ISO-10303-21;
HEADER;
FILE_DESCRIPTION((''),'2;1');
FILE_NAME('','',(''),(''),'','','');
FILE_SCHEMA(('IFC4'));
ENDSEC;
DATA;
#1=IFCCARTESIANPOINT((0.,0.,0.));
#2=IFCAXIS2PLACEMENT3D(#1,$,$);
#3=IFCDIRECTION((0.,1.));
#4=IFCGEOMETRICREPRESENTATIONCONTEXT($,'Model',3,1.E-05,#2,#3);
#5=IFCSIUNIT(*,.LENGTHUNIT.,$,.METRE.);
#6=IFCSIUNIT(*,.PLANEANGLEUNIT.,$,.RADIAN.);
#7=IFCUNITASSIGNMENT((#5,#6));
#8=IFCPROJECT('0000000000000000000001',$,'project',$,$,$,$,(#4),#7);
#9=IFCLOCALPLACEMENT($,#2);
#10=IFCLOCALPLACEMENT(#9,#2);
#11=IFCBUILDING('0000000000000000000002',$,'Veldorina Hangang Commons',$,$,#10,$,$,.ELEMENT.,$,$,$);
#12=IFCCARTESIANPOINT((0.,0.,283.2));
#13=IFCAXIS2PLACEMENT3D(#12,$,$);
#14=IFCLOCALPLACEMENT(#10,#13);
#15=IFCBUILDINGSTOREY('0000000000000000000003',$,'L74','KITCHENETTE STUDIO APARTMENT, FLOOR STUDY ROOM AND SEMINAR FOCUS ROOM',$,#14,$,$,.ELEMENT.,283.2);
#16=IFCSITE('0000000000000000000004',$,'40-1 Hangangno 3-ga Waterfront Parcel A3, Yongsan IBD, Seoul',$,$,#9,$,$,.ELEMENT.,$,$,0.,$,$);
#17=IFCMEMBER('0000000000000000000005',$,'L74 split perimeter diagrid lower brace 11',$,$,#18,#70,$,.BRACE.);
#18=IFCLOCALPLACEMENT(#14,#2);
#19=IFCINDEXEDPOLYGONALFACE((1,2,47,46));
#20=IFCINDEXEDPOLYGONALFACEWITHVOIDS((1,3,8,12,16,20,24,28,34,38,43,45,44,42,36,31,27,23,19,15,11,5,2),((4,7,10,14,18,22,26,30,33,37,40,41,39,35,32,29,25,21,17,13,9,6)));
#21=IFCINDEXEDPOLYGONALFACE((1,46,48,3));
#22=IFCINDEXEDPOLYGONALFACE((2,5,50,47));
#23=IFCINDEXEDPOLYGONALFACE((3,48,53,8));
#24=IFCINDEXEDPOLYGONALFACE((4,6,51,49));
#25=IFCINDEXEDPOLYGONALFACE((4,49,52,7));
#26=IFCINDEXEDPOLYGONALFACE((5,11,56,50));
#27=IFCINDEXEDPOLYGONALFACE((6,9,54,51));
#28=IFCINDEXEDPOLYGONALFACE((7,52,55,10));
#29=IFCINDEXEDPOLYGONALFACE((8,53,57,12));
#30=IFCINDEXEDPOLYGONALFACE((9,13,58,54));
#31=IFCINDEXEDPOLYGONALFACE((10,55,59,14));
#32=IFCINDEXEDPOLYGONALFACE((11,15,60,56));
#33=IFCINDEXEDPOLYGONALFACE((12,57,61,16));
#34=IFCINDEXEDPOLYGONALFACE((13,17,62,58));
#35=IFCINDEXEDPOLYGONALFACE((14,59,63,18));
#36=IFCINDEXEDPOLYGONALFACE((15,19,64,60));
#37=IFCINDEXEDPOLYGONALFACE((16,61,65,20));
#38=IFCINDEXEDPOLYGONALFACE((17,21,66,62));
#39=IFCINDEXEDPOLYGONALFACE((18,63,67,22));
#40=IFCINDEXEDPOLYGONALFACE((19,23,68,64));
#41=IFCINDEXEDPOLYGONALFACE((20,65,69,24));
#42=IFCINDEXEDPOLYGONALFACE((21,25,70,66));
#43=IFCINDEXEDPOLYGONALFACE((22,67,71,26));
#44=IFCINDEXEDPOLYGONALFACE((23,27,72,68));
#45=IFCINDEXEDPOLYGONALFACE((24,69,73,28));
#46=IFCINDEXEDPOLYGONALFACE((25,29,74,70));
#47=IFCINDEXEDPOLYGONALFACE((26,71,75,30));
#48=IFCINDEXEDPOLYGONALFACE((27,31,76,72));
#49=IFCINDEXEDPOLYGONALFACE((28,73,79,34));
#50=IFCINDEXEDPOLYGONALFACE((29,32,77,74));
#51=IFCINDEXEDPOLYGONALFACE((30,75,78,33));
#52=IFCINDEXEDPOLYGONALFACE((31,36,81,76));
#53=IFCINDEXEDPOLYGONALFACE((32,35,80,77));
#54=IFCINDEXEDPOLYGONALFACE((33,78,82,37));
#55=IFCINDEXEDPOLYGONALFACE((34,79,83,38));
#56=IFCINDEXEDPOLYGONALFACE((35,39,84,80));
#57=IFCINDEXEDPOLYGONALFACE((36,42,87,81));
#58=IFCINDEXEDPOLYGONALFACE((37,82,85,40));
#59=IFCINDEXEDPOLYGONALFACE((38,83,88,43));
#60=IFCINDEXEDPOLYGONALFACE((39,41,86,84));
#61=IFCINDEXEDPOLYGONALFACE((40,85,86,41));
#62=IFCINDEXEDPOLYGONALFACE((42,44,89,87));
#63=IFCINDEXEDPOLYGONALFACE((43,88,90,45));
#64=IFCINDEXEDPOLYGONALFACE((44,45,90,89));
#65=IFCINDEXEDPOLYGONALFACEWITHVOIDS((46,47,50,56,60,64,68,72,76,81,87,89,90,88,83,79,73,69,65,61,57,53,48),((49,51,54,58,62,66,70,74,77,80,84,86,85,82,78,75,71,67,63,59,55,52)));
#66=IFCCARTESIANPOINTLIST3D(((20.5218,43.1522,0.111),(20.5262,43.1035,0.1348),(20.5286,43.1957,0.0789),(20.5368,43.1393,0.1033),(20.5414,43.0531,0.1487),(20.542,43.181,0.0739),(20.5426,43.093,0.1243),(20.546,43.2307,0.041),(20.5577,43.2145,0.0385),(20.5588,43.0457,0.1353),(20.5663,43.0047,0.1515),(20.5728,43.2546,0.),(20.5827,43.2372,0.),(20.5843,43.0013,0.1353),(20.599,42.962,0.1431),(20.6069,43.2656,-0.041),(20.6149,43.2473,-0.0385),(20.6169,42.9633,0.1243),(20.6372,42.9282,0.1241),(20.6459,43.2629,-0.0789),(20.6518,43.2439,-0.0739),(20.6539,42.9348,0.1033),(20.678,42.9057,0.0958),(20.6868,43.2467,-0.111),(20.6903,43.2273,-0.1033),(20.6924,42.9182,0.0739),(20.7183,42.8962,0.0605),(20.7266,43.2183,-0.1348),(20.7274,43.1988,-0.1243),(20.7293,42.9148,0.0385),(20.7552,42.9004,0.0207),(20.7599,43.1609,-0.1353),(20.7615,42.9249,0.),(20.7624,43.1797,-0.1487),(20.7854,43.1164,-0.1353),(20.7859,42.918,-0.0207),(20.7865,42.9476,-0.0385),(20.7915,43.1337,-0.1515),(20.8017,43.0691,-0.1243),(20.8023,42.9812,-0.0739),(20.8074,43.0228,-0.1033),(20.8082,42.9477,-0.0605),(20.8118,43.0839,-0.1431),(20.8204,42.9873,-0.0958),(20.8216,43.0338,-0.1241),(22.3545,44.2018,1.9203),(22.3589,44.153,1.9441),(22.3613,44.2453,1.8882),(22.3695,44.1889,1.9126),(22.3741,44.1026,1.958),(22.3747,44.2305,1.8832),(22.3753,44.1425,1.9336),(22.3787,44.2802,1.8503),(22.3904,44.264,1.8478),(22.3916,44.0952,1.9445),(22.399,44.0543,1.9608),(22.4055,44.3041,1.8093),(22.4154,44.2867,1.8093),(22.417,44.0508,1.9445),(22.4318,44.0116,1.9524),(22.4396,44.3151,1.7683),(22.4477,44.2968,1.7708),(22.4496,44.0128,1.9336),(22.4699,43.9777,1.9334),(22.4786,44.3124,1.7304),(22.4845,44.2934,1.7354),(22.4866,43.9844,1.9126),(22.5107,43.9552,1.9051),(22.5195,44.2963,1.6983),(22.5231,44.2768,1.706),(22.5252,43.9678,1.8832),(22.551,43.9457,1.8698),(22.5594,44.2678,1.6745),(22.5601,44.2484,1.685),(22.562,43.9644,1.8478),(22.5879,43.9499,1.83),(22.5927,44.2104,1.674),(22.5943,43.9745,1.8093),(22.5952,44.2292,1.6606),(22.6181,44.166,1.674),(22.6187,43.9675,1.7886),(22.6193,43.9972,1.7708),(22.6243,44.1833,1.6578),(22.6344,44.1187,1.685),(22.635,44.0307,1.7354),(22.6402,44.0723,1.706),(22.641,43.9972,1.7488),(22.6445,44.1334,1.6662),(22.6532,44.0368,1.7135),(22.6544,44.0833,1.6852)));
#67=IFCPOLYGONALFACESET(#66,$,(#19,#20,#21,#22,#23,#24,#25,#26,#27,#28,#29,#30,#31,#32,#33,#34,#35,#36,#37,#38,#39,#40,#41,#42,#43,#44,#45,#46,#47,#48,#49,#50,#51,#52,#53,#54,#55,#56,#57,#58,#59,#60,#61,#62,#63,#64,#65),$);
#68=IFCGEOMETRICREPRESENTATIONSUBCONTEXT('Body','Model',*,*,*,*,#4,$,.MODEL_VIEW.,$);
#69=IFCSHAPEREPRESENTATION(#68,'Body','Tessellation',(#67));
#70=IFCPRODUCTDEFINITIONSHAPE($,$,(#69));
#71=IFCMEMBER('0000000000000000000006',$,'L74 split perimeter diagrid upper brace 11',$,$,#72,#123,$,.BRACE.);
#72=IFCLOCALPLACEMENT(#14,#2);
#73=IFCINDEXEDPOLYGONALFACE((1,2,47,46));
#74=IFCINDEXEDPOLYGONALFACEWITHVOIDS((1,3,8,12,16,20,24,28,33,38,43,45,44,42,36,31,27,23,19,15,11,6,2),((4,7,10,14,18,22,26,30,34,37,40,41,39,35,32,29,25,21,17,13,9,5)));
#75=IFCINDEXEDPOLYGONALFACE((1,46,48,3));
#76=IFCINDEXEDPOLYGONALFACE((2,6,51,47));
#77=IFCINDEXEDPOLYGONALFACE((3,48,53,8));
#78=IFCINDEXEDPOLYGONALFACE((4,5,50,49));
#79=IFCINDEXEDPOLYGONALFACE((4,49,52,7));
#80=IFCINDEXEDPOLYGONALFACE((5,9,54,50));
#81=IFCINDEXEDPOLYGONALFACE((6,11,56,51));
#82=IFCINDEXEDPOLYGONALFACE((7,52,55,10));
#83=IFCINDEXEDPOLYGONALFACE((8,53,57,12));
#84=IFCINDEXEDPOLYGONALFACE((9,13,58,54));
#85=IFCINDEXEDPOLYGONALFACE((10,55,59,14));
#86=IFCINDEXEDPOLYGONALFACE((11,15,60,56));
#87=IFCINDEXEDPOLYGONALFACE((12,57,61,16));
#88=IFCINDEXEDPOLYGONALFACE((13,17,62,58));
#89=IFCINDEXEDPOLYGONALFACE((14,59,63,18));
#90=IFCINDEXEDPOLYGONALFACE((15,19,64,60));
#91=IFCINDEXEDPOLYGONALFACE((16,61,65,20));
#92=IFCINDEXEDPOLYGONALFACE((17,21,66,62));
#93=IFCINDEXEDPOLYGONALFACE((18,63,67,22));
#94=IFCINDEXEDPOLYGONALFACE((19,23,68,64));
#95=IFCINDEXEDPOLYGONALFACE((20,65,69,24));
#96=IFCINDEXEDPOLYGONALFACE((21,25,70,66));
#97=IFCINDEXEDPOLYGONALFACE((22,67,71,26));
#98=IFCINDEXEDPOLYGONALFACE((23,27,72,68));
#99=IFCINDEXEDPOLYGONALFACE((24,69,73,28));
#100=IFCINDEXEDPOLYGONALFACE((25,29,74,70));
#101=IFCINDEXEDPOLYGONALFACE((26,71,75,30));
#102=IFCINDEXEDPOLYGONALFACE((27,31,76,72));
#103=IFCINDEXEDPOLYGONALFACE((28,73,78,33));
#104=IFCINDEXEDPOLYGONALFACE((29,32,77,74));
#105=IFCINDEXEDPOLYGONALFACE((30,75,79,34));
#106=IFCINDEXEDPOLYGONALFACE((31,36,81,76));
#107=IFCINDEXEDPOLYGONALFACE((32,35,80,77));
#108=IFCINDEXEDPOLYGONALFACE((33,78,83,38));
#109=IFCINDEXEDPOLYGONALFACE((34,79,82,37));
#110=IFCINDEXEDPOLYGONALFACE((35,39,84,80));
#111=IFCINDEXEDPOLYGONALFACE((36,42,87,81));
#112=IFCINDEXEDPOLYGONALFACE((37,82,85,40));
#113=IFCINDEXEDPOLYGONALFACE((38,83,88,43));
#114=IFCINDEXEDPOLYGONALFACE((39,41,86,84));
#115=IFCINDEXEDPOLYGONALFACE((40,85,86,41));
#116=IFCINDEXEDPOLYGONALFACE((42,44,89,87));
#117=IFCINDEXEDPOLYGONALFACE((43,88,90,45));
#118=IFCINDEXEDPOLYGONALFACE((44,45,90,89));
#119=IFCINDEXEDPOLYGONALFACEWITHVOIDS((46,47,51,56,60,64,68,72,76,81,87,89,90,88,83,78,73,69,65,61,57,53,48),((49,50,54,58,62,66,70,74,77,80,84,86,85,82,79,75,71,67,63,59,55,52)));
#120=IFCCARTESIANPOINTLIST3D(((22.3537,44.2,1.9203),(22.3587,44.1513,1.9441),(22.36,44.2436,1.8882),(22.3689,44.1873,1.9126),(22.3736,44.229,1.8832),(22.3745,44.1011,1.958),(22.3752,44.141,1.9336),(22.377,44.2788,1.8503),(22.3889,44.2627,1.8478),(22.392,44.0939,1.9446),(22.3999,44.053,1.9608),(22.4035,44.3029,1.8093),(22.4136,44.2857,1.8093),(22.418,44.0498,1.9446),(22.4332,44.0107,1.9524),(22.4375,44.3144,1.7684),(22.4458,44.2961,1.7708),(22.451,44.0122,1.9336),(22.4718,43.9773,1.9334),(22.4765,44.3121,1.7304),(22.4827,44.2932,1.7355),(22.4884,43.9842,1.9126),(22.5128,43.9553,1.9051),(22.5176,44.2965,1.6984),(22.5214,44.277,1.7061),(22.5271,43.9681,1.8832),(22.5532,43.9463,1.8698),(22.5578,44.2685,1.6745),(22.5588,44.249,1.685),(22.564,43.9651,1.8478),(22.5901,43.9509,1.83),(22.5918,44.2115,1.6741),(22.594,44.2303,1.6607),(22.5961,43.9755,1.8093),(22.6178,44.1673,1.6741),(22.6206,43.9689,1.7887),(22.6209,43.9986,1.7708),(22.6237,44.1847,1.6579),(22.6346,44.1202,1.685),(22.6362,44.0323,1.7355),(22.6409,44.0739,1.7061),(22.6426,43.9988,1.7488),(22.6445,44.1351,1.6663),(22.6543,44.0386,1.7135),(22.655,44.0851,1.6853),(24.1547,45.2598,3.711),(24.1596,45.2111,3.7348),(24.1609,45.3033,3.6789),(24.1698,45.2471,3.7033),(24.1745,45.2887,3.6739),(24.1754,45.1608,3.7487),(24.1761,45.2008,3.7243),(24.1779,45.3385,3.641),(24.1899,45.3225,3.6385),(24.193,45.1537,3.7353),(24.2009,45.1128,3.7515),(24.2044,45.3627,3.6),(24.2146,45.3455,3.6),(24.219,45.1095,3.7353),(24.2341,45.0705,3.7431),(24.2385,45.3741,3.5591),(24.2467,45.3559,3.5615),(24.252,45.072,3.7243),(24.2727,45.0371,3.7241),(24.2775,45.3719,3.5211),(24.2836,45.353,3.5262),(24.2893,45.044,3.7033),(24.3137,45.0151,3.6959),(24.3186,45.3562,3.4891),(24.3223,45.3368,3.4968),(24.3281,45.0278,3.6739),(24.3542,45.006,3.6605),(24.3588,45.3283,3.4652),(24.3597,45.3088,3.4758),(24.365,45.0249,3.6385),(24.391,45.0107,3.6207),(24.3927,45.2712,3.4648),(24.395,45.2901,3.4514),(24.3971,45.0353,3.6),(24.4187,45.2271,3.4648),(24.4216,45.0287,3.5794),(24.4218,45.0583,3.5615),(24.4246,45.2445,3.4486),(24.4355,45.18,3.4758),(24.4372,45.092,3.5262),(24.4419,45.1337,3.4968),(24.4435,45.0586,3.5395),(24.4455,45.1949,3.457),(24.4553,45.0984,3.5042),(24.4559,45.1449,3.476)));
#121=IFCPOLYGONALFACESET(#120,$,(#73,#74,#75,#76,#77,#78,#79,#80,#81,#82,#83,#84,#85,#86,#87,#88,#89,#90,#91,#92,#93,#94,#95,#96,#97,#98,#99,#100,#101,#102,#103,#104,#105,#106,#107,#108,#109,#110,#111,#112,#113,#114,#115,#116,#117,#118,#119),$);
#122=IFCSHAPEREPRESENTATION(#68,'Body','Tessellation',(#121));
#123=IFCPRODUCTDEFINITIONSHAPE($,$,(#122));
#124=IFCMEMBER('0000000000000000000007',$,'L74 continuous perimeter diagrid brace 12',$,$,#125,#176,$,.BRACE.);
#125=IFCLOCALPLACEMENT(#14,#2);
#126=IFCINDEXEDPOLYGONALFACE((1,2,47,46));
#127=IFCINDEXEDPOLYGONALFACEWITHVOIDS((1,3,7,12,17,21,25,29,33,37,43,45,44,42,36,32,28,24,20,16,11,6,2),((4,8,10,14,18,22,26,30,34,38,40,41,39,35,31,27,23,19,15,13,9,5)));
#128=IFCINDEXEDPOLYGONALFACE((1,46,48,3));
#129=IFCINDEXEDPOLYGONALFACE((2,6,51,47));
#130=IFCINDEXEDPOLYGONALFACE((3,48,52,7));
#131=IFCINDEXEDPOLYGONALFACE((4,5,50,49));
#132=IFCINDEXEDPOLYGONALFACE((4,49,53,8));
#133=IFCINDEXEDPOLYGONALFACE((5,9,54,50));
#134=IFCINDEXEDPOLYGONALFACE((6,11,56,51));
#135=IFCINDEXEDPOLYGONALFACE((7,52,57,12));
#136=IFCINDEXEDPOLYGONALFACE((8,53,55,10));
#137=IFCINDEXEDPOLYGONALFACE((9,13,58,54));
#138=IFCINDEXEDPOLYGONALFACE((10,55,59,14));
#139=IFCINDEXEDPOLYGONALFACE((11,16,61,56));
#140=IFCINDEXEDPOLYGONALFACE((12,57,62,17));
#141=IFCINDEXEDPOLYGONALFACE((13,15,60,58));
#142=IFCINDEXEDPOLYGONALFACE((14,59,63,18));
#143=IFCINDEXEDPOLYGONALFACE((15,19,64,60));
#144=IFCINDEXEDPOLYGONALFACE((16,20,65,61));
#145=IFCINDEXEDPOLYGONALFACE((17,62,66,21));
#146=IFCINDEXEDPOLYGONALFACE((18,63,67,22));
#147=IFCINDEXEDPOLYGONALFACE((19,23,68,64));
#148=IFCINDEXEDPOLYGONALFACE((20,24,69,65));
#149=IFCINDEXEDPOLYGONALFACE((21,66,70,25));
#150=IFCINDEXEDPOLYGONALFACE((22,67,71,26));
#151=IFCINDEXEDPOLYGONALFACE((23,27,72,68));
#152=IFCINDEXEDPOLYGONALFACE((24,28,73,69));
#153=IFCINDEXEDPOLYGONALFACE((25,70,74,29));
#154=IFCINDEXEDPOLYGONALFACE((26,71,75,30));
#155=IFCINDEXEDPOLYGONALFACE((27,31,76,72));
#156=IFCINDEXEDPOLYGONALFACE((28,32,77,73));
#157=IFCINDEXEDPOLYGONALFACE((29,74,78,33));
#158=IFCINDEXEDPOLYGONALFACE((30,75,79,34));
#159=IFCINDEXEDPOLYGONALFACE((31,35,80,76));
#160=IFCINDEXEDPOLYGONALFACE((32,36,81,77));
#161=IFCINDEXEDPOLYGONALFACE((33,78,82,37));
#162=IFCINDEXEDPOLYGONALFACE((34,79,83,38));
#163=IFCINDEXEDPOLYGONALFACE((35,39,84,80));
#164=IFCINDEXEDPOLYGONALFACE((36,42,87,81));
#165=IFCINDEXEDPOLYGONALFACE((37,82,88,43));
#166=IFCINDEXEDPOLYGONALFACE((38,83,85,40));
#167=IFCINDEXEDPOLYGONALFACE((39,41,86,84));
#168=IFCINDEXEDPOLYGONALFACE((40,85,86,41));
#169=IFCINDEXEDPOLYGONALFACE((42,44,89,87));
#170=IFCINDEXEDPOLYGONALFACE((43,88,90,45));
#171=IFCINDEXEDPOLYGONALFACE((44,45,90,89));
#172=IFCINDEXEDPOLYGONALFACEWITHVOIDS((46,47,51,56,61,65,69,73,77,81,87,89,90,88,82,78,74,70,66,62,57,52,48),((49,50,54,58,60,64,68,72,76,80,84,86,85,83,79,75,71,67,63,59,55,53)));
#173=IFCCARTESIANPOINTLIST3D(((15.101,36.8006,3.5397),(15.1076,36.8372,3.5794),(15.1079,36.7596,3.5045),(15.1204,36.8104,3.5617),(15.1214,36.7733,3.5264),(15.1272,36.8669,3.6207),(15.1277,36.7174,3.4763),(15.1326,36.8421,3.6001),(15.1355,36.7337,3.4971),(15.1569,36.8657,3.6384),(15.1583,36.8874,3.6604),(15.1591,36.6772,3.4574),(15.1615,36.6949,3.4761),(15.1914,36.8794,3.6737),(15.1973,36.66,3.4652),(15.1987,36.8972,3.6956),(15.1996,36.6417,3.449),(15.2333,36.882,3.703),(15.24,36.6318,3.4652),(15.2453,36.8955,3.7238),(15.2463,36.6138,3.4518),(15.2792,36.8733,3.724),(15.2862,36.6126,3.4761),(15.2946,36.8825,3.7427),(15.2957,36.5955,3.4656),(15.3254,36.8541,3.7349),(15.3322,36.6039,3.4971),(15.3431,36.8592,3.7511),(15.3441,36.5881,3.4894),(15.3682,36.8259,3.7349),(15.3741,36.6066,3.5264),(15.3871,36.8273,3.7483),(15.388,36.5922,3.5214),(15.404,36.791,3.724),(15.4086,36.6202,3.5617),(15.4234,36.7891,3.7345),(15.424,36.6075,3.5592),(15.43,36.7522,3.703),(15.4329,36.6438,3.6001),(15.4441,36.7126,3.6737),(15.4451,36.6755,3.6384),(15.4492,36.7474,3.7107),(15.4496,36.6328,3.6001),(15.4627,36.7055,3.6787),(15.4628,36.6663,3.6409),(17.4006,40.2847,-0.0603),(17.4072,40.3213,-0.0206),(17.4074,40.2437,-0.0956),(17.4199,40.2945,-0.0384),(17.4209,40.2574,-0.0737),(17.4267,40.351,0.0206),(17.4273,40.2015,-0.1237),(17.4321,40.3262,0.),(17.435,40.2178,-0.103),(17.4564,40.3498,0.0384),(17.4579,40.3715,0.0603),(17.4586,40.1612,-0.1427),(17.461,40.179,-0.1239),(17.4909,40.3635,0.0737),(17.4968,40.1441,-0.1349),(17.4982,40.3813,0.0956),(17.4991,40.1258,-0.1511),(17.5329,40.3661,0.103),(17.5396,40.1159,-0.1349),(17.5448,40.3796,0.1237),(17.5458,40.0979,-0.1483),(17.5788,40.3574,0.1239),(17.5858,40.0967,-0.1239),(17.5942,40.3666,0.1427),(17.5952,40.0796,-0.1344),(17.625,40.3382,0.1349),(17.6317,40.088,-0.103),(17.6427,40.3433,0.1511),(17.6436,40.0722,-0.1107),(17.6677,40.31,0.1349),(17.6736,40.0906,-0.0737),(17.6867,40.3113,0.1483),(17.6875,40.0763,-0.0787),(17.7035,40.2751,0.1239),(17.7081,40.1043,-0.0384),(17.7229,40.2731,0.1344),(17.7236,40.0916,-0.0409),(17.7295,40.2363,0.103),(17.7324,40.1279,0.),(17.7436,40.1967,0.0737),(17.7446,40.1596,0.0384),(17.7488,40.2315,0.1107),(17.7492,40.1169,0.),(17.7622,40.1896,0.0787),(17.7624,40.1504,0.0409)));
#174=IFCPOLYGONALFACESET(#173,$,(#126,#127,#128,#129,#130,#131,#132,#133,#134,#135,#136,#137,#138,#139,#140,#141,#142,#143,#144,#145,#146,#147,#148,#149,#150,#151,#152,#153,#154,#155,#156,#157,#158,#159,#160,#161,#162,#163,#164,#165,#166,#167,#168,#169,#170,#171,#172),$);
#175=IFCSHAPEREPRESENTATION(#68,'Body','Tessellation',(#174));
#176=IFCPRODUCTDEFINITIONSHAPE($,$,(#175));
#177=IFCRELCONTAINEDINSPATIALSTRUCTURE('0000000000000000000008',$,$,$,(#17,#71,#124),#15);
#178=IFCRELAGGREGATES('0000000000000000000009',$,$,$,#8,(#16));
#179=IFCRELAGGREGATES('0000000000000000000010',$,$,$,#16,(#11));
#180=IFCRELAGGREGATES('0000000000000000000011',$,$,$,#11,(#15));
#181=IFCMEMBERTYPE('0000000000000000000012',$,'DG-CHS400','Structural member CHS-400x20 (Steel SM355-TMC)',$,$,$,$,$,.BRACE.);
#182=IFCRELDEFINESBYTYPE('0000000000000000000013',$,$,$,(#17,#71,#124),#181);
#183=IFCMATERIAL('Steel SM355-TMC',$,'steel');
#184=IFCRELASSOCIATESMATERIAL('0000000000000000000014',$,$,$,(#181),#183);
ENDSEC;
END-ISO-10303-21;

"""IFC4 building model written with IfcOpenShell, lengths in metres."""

from ifc_helpers import new_model, si_unit, direction, frame, origin, origin_2d, place, context, subcontext, project, spatial, hollow_circle, extrude, material, material_profile, profile_set, type_object, element, save


model = new_model("IFC4")

# Units and contexts
model_context = context("Model", 3, precision=1e-05, world=origin(), true_north=direction((0.0, 1.0)))
body_context = subcontext(model_context, "Body", "Model", "MODEL_VIEW")
ifc_project = project(units=[si_unit("LENGTHUNIT", "METRE"), si_unit("PLANEANGLEUNIT", "RADIAN")], contexts=[model_context])

# Site, building, storey
site_placement = place(None, origin())
site = spatial("IfcSite", under=ifc_project, at=site_placement, Name="40-1 Hangangno 3-ga Waterfront Parcel A3, Yongsan IBD, Seoul", CompositionType="ELEMENT", RefElevation=0.0)
building_placement = place(site_placement, origin())
building = spatial("IfcBuilding", under=site, at=building_placement, Name="Veldorina Hangang Commons", CompositionType="ELEMENT")
storey_placement = place(building_placement, frame((0.0, 0.0, 283.2)))
storey = spatial("IfcBuildingStorey", under=building, at=storey_placement, Name="L74", Description="KITCHENETTE STUDIO APARTMENT, FLOOR STUDY ROOM AND SEMINAR FOCUS ROOM", CompositionType="ELEMENT", Elevation=283.2)

# Shared definitions
ifc_material_1 = material(Name="Steel SM355-TMC", Category="steel")

# Members
ifc_material_profile_1 = material_profile(ifc_material_1, hollow_circle(Radius=0.2, WallThickness=0.02, at=origin_2d()), Name="CHS-400x20")
ifc_profile_set_1 = profile_set([ifc_material_profile_1], Name="Steel SM355-TMC")
member_type_1 = type_object("IfcMemberType", Name="DG-CHS400", Description="Structural member CHS-400x20 (Steel SM355-TMC)", PredefinedType="BRACE", material=ifc_profile_set_1)
member_1_placement = place(storey_placement, frame((20.6721, 43.0811, 0.0), z_axis=(0.659018, 0.377397, 0.65059), x_axis=(-0.496948, 0.86778, 0.0)))
element("IfcMember", 1, at=member_1_placement, inside=storey, type_object=member_type_1, Name="L74 split perimeter diagrid lower brace 11", PredefinedType="BRACE", context=body_context, shape_type="SweptSolid", body=[
    extrude(hollow_circle(Radius=0.2, WallThickness=0.02, at=origin_2d()), origin(), (0.0, 0.0, 1.0), 2.781),
])
member_2_placement = place(storey_placement, frame((22.5049, 44.1306, 1.8093), z_axis=(0.654431, 0.3851, 0.650705), x_axis=(-0.507158, 0.861853, 0.0)))
element("IfcMember", 2, at=member_2_placement, inside=storey, type_object=member_type_1, Name="L74 split perimeter diagrid upper brace 11", PredefinedType="BRACE", context=body_context, shape_type="SweptSolid", body=[
    extrude(hollow_circle(Radius=0.2, WallThickness=0.02, at=origin_2d()), origin(), (0.0, 0.0, 1.0), 2.752),
])
member_3_placement = place(storey_placement, frame((17.5823, 40.2271, 0.0), z_axis=(-0.417153, -0.63204, 0.653077), x_axis=(0.834606, -0.550848, 0.0)))
element("IfcMember", 3, at=member_3_placement, inside=storey, type_object=member_type_1, Name="L74 continuous perimeter diagrid brace 12", PredefinedType="BRACE", context=body_context, shape_type="SweptSolid", body=[
    extrude(hollow_circle(Radius=0.2, WallThickness=0.02, at=origin_2d()), origin(), (0.0, 0.0, 1.0), 5.5125),
])

save(model, "model.ifc")
